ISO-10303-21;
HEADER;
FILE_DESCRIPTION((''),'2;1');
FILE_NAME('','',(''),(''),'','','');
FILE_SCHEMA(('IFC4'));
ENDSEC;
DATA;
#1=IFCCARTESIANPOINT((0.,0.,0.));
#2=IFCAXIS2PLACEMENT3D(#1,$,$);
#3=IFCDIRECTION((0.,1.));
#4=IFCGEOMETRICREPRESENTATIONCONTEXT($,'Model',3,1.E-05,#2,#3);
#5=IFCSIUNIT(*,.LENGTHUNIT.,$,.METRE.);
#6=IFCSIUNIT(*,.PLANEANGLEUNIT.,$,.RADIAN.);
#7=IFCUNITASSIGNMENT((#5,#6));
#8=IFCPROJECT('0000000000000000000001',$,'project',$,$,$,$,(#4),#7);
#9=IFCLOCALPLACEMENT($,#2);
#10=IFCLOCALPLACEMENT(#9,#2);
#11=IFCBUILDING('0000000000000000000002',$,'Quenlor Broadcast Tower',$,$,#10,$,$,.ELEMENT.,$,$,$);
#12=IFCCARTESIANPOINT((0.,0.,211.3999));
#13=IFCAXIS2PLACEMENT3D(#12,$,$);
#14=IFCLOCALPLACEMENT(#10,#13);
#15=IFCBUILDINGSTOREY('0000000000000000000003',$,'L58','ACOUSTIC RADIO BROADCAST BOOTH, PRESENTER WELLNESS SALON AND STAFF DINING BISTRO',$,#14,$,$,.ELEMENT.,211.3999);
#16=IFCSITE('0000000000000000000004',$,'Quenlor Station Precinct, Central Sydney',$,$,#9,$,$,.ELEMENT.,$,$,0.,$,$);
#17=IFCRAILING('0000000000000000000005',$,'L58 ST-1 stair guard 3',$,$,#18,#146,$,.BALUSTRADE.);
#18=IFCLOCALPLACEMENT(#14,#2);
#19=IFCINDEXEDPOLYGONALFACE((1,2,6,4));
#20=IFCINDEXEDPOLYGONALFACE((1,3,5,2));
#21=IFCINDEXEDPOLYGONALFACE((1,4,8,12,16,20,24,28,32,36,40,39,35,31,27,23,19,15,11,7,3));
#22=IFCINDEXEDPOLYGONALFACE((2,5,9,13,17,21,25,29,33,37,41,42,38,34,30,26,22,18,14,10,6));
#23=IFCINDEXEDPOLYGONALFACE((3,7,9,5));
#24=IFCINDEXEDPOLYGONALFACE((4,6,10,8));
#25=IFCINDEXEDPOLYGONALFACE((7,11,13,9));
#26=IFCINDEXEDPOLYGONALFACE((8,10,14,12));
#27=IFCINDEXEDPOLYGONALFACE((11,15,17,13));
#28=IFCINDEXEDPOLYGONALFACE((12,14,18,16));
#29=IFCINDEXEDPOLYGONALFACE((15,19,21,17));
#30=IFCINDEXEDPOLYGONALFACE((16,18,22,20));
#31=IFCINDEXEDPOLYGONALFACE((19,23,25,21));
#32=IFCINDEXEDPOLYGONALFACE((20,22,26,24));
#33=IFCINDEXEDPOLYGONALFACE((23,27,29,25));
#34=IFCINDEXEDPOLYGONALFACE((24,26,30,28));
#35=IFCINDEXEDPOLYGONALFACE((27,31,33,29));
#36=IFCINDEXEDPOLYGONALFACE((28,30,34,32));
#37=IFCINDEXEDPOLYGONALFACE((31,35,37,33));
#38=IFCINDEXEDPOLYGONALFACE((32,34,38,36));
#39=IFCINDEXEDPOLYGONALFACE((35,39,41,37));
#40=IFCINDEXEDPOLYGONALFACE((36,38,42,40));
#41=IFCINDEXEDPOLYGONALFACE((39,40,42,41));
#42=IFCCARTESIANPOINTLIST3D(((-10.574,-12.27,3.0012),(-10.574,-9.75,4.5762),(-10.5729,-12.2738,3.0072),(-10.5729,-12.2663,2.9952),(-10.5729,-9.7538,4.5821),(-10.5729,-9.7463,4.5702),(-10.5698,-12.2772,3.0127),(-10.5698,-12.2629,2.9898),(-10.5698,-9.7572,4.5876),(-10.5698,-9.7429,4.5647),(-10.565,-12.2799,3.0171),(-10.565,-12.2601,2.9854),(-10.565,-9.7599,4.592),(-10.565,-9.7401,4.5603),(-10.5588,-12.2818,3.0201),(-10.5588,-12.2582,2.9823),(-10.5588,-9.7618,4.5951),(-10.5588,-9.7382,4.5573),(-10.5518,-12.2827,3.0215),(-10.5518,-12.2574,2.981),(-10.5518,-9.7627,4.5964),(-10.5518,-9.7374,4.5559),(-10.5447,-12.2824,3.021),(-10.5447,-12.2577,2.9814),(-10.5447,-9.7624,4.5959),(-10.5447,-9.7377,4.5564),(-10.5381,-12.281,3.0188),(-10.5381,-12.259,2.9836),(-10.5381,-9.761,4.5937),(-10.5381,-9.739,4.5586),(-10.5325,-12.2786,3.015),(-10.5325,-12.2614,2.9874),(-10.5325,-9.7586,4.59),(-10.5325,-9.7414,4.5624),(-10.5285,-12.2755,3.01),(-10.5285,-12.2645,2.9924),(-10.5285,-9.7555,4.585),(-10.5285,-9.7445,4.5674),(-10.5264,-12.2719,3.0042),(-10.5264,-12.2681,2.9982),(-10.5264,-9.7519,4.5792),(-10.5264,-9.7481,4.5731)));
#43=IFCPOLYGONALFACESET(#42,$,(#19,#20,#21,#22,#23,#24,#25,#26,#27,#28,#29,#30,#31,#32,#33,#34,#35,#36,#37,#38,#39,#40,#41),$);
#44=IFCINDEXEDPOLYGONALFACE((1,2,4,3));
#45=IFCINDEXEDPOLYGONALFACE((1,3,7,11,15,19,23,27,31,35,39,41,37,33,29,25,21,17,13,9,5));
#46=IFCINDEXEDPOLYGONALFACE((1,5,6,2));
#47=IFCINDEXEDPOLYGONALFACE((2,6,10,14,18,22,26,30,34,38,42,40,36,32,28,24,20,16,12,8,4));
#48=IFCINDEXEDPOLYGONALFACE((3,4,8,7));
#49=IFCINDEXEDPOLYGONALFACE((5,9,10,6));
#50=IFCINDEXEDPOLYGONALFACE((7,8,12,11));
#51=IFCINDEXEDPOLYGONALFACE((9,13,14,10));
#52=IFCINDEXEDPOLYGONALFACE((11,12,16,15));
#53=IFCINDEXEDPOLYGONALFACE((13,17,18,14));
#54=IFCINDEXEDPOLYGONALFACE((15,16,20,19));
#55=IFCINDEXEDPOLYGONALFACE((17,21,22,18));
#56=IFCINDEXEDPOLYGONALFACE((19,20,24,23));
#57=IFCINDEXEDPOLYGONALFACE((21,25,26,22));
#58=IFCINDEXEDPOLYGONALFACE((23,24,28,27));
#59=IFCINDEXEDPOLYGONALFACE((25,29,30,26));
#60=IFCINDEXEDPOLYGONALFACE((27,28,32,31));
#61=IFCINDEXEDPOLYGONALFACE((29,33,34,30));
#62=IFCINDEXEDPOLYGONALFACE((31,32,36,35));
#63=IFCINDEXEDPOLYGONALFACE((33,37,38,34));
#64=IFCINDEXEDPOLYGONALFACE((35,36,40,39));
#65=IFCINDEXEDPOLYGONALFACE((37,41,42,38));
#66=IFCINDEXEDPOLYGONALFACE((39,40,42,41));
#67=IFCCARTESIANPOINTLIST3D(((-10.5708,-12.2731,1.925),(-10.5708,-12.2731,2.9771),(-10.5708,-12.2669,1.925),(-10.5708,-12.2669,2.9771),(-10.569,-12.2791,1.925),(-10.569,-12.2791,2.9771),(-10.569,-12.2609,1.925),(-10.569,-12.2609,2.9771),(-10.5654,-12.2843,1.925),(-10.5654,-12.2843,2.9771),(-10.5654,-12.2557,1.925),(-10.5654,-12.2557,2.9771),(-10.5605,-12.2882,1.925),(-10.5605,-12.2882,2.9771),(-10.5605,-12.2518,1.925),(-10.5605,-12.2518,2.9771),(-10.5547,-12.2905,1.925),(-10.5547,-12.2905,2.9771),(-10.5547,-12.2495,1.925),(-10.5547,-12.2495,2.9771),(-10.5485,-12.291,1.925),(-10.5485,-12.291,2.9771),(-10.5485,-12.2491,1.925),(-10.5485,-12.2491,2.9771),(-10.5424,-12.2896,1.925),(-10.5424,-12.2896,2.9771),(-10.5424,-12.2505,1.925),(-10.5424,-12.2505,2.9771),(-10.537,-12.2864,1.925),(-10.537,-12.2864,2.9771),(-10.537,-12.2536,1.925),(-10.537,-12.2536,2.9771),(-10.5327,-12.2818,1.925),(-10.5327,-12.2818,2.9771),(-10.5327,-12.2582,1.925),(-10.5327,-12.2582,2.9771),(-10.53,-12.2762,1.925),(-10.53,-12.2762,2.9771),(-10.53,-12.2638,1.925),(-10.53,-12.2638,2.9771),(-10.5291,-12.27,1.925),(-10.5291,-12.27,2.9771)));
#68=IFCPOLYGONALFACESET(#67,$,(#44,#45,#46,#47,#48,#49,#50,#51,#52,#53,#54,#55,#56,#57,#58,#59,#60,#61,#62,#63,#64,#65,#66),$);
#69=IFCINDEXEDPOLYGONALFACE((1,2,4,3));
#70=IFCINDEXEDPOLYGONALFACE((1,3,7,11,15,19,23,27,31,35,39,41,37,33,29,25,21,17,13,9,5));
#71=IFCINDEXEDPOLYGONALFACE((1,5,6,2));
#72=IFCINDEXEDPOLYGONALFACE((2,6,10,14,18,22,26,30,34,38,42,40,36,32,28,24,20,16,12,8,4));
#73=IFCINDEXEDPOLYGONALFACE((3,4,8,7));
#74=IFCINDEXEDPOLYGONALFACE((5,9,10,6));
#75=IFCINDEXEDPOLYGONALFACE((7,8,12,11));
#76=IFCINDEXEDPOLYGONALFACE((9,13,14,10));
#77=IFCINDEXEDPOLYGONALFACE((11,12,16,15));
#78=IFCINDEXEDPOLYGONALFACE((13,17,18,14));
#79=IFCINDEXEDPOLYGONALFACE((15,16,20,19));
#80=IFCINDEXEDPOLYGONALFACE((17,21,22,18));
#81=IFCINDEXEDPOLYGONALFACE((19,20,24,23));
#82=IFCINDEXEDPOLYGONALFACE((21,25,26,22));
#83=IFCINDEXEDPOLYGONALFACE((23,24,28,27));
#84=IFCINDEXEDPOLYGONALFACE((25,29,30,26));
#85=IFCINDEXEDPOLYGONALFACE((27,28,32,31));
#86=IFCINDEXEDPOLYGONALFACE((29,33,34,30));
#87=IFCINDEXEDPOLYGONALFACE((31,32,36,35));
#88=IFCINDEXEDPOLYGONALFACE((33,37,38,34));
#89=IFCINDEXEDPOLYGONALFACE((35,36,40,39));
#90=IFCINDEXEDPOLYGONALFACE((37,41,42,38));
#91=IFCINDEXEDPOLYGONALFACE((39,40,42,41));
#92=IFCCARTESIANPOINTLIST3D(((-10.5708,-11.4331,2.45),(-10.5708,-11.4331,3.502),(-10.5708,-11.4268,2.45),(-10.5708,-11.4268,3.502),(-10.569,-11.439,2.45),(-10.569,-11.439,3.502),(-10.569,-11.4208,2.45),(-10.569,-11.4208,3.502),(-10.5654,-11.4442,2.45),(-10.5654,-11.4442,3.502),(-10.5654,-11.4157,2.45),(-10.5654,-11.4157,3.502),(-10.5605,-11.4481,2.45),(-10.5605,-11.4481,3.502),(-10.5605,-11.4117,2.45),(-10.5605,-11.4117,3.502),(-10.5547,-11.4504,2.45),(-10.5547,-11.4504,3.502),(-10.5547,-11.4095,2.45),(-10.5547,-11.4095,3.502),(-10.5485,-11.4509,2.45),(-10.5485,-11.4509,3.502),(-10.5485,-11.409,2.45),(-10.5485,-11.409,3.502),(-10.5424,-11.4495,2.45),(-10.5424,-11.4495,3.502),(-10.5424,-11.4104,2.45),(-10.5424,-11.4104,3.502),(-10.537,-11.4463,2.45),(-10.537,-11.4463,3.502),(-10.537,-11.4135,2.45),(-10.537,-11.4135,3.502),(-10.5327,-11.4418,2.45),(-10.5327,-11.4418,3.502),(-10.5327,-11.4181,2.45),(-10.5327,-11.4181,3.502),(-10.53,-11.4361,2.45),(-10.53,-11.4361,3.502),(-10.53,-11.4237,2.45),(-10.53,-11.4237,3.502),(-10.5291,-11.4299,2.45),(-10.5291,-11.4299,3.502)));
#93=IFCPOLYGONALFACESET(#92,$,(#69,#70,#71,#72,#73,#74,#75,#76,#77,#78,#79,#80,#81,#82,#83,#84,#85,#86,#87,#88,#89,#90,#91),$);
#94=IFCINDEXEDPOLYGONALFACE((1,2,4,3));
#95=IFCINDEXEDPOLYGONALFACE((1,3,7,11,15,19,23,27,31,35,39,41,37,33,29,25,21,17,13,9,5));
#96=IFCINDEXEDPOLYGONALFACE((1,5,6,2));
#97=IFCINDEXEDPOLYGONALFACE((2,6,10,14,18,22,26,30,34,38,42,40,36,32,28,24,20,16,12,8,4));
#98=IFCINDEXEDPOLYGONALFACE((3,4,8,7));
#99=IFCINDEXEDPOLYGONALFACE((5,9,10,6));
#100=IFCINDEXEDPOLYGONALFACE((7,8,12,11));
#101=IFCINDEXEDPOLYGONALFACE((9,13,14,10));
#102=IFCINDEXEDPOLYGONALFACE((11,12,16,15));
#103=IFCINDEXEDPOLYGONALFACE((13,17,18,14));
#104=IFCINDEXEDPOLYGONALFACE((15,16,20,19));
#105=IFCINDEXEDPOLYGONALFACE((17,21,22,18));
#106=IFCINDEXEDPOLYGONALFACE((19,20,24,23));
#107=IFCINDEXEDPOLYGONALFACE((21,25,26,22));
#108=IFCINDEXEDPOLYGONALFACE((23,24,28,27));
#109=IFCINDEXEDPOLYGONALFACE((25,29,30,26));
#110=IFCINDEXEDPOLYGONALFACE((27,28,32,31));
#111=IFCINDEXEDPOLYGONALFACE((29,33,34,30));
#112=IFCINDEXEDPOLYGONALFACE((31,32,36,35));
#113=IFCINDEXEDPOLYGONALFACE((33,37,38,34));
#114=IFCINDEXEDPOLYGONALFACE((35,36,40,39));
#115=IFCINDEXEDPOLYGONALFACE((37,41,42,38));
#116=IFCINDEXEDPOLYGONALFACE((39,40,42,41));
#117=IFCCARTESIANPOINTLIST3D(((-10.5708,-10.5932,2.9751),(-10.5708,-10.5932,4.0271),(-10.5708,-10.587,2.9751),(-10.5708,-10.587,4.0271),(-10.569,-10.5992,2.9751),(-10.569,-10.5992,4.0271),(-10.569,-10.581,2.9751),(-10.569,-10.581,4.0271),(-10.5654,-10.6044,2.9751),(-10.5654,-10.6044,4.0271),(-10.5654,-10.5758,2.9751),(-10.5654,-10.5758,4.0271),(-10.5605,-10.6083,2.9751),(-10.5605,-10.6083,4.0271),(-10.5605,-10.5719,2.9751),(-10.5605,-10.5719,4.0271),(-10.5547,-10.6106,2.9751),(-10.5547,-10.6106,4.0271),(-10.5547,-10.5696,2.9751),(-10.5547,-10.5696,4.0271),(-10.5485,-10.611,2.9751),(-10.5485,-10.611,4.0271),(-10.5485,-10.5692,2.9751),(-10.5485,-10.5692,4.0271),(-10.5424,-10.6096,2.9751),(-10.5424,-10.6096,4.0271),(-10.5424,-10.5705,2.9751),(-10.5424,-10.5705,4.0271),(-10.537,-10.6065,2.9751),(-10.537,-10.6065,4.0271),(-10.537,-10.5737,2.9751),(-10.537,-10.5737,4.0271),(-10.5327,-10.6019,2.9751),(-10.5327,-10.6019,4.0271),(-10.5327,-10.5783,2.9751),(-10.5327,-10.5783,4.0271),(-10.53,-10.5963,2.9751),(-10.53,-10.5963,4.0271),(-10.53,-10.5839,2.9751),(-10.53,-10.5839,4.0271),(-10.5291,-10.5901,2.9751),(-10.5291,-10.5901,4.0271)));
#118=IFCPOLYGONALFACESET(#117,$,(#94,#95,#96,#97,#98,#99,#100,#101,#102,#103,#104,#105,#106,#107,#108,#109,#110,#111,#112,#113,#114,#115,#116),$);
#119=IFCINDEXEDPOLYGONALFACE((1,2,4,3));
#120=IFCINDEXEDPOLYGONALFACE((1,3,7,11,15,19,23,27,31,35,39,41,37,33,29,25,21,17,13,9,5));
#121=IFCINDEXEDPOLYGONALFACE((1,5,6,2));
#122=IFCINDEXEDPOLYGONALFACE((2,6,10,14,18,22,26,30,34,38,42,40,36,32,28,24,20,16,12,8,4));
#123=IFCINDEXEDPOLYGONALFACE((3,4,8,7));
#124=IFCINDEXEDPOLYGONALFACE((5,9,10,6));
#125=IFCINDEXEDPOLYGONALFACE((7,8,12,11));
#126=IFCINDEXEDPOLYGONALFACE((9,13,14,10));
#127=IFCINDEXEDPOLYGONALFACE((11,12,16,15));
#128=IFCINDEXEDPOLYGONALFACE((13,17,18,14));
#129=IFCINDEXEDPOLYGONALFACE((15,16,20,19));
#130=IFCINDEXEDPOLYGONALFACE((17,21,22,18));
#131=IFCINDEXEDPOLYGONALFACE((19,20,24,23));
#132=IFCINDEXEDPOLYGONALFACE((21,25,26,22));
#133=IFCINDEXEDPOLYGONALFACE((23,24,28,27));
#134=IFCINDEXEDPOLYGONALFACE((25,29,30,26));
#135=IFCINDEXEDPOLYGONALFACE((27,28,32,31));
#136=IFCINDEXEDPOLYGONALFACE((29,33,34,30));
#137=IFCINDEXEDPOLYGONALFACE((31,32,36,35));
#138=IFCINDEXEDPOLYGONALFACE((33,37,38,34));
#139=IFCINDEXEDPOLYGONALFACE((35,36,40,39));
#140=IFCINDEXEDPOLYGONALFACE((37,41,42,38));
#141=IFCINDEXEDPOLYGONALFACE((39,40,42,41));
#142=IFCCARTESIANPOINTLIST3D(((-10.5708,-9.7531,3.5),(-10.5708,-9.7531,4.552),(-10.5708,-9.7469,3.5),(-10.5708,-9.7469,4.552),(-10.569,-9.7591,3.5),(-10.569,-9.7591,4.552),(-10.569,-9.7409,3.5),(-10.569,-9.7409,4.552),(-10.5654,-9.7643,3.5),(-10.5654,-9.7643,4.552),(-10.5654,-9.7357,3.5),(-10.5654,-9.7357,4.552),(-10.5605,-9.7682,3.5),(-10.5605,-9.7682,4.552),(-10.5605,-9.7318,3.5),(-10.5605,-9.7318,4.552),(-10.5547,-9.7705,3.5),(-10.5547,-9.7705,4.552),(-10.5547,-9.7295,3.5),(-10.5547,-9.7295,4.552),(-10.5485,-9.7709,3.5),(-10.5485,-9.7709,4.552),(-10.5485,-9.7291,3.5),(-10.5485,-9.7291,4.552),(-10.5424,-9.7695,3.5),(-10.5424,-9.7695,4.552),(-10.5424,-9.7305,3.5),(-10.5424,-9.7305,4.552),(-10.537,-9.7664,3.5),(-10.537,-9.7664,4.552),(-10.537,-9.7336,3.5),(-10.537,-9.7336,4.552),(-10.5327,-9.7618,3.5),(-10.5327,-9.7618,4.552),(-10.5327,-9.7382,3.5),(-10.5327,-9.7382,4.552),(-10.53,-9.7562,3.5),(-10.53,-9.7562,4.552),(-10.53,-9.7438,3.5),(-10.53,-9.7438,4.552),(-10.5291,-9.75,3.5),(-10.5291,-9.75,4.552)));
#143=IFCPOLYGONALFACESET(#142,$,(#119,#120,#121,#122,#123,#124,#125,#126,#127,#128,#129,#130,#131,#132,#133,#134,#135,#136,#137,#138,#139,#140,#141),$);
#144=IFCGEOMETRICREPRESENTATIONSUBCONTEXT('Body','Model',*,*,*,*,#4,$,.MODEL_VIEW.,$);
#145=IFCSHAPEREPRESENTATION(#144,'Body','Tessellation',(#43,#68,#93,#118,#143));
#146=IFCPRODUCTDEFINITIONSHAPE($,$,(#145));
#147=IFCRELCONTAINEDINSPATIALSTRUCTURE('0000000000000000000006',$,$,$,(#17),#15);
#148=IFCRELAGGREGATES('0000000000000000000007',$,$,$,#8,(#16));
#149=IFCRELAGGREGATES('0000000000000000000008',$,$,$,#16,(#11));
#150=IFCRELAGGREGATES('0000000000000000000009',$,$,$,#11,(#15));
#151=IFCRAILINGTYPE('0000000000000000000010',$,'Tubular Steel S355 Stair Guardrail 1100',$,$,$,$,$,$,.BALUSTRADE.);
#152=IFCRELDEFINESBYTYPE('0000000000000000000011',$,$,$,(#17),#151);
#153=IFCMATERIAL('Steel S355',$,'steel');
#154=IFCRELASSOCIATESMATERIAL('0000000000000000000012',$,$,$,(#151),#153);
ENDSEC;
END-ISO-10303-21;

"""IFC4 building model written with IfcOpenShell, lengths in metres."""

from ifc_helpers import new_model, si_unit, direction, frame, origin, origin_2d, place, context, subcontext, project, spatial, circle, extrude, material, type_object, element, save


model = new_model("IFC4")

# Units and contexts
model_context = context("Model", 3, precision=1e-05, world=origin(), true_north=direction((0.0, 1.0)))
body_context = subcontext(model_context, "Body", "Model", "MODEL_VIEW")
ifc_project = project(units=[si_unit("LENGTHUNIT", "METRE"), si_unit("PLANEANGLEUNIT", "RADIAN")], contexts=[model_context])

# Site, building, storey
site_placement = place(None, origin())
site = spatial("IfcSite", under=ifc_project, at=site_placement, Name="Quenlor Station Precinct, Central Sydney", CompositionType="ELEMENT", RefElevation=0.0)
building_placement = place(site_placement, origin())
building = spatial("IfcBuilding", under=site, at=building_placement, Name="Quenlor Broadcast Tower", CompositionType="ELEMENT")
storey_placement = place(building_placement, frame((0.0, 0.0, 211.3999)))
storey = spatial("IfcBuildingStorey", under=building, at=storey_placement, Name="L58", Description="ACOUSTIC RADIO BROADCAST BOOTH, PRESENTER WELLNESS SALON AND STAFF DINING BISTRO", CompositionType="ELEMENT", Elevation=211.3999)

# Railing
ifc_material_1 = material(Name="Steel S355", Category="steel")
railing_type_1 = type_object("IfcRailingType", Name="Tubular Steel S355 Stair Guardrail 1100", PredefinedType="BALUSTRADE", material=ifc_material_1)
railing_1_placement = place(storey_placement, frame((-10.55, -12.27, 1.925)))
element("IfcRailing", 1, at=railing_1_placement, inside=storey, type_object=railing_type_1, Name="L58 ST-1 stair guard 3", PredefinedType="BALUSTRADE", context=body_context, shape_type="SweptSolid", body=[
    extrude(circle(Radius=0.0239, at=origin_2d()), frame((0.0, 0.0, 1.0762), z_axis=(0.0, 0.848008, 0.529984), x_axis=(-1.0, 0.0, 0.0)), (0.0, 0.0, 1.0), 2.9717),
    extrude(circle(Radius=0.021, at=origin_2d()), origin(), (0.0, 0.0, 1.0), 1.052),
    extrude(circle(Radius=0.021, at=origin_2d()), frame((0.0, 0.8401, 0.5249)), (0.0, 0.0, 1.0), 1.052),
    extrude(circle(Radius=0.021, at=origin_2d()), frame((0.0, 1.6799, 1.05)), (0.0, 0.0, 1.0), 1.052),
    extrude(circle(Radius=0.021, at=origin_2d()), frame((0.0, 2.52, 1.575)), (0.0, 0.0, 1.0), 1.052),
])

save(model, "model.ifc")
